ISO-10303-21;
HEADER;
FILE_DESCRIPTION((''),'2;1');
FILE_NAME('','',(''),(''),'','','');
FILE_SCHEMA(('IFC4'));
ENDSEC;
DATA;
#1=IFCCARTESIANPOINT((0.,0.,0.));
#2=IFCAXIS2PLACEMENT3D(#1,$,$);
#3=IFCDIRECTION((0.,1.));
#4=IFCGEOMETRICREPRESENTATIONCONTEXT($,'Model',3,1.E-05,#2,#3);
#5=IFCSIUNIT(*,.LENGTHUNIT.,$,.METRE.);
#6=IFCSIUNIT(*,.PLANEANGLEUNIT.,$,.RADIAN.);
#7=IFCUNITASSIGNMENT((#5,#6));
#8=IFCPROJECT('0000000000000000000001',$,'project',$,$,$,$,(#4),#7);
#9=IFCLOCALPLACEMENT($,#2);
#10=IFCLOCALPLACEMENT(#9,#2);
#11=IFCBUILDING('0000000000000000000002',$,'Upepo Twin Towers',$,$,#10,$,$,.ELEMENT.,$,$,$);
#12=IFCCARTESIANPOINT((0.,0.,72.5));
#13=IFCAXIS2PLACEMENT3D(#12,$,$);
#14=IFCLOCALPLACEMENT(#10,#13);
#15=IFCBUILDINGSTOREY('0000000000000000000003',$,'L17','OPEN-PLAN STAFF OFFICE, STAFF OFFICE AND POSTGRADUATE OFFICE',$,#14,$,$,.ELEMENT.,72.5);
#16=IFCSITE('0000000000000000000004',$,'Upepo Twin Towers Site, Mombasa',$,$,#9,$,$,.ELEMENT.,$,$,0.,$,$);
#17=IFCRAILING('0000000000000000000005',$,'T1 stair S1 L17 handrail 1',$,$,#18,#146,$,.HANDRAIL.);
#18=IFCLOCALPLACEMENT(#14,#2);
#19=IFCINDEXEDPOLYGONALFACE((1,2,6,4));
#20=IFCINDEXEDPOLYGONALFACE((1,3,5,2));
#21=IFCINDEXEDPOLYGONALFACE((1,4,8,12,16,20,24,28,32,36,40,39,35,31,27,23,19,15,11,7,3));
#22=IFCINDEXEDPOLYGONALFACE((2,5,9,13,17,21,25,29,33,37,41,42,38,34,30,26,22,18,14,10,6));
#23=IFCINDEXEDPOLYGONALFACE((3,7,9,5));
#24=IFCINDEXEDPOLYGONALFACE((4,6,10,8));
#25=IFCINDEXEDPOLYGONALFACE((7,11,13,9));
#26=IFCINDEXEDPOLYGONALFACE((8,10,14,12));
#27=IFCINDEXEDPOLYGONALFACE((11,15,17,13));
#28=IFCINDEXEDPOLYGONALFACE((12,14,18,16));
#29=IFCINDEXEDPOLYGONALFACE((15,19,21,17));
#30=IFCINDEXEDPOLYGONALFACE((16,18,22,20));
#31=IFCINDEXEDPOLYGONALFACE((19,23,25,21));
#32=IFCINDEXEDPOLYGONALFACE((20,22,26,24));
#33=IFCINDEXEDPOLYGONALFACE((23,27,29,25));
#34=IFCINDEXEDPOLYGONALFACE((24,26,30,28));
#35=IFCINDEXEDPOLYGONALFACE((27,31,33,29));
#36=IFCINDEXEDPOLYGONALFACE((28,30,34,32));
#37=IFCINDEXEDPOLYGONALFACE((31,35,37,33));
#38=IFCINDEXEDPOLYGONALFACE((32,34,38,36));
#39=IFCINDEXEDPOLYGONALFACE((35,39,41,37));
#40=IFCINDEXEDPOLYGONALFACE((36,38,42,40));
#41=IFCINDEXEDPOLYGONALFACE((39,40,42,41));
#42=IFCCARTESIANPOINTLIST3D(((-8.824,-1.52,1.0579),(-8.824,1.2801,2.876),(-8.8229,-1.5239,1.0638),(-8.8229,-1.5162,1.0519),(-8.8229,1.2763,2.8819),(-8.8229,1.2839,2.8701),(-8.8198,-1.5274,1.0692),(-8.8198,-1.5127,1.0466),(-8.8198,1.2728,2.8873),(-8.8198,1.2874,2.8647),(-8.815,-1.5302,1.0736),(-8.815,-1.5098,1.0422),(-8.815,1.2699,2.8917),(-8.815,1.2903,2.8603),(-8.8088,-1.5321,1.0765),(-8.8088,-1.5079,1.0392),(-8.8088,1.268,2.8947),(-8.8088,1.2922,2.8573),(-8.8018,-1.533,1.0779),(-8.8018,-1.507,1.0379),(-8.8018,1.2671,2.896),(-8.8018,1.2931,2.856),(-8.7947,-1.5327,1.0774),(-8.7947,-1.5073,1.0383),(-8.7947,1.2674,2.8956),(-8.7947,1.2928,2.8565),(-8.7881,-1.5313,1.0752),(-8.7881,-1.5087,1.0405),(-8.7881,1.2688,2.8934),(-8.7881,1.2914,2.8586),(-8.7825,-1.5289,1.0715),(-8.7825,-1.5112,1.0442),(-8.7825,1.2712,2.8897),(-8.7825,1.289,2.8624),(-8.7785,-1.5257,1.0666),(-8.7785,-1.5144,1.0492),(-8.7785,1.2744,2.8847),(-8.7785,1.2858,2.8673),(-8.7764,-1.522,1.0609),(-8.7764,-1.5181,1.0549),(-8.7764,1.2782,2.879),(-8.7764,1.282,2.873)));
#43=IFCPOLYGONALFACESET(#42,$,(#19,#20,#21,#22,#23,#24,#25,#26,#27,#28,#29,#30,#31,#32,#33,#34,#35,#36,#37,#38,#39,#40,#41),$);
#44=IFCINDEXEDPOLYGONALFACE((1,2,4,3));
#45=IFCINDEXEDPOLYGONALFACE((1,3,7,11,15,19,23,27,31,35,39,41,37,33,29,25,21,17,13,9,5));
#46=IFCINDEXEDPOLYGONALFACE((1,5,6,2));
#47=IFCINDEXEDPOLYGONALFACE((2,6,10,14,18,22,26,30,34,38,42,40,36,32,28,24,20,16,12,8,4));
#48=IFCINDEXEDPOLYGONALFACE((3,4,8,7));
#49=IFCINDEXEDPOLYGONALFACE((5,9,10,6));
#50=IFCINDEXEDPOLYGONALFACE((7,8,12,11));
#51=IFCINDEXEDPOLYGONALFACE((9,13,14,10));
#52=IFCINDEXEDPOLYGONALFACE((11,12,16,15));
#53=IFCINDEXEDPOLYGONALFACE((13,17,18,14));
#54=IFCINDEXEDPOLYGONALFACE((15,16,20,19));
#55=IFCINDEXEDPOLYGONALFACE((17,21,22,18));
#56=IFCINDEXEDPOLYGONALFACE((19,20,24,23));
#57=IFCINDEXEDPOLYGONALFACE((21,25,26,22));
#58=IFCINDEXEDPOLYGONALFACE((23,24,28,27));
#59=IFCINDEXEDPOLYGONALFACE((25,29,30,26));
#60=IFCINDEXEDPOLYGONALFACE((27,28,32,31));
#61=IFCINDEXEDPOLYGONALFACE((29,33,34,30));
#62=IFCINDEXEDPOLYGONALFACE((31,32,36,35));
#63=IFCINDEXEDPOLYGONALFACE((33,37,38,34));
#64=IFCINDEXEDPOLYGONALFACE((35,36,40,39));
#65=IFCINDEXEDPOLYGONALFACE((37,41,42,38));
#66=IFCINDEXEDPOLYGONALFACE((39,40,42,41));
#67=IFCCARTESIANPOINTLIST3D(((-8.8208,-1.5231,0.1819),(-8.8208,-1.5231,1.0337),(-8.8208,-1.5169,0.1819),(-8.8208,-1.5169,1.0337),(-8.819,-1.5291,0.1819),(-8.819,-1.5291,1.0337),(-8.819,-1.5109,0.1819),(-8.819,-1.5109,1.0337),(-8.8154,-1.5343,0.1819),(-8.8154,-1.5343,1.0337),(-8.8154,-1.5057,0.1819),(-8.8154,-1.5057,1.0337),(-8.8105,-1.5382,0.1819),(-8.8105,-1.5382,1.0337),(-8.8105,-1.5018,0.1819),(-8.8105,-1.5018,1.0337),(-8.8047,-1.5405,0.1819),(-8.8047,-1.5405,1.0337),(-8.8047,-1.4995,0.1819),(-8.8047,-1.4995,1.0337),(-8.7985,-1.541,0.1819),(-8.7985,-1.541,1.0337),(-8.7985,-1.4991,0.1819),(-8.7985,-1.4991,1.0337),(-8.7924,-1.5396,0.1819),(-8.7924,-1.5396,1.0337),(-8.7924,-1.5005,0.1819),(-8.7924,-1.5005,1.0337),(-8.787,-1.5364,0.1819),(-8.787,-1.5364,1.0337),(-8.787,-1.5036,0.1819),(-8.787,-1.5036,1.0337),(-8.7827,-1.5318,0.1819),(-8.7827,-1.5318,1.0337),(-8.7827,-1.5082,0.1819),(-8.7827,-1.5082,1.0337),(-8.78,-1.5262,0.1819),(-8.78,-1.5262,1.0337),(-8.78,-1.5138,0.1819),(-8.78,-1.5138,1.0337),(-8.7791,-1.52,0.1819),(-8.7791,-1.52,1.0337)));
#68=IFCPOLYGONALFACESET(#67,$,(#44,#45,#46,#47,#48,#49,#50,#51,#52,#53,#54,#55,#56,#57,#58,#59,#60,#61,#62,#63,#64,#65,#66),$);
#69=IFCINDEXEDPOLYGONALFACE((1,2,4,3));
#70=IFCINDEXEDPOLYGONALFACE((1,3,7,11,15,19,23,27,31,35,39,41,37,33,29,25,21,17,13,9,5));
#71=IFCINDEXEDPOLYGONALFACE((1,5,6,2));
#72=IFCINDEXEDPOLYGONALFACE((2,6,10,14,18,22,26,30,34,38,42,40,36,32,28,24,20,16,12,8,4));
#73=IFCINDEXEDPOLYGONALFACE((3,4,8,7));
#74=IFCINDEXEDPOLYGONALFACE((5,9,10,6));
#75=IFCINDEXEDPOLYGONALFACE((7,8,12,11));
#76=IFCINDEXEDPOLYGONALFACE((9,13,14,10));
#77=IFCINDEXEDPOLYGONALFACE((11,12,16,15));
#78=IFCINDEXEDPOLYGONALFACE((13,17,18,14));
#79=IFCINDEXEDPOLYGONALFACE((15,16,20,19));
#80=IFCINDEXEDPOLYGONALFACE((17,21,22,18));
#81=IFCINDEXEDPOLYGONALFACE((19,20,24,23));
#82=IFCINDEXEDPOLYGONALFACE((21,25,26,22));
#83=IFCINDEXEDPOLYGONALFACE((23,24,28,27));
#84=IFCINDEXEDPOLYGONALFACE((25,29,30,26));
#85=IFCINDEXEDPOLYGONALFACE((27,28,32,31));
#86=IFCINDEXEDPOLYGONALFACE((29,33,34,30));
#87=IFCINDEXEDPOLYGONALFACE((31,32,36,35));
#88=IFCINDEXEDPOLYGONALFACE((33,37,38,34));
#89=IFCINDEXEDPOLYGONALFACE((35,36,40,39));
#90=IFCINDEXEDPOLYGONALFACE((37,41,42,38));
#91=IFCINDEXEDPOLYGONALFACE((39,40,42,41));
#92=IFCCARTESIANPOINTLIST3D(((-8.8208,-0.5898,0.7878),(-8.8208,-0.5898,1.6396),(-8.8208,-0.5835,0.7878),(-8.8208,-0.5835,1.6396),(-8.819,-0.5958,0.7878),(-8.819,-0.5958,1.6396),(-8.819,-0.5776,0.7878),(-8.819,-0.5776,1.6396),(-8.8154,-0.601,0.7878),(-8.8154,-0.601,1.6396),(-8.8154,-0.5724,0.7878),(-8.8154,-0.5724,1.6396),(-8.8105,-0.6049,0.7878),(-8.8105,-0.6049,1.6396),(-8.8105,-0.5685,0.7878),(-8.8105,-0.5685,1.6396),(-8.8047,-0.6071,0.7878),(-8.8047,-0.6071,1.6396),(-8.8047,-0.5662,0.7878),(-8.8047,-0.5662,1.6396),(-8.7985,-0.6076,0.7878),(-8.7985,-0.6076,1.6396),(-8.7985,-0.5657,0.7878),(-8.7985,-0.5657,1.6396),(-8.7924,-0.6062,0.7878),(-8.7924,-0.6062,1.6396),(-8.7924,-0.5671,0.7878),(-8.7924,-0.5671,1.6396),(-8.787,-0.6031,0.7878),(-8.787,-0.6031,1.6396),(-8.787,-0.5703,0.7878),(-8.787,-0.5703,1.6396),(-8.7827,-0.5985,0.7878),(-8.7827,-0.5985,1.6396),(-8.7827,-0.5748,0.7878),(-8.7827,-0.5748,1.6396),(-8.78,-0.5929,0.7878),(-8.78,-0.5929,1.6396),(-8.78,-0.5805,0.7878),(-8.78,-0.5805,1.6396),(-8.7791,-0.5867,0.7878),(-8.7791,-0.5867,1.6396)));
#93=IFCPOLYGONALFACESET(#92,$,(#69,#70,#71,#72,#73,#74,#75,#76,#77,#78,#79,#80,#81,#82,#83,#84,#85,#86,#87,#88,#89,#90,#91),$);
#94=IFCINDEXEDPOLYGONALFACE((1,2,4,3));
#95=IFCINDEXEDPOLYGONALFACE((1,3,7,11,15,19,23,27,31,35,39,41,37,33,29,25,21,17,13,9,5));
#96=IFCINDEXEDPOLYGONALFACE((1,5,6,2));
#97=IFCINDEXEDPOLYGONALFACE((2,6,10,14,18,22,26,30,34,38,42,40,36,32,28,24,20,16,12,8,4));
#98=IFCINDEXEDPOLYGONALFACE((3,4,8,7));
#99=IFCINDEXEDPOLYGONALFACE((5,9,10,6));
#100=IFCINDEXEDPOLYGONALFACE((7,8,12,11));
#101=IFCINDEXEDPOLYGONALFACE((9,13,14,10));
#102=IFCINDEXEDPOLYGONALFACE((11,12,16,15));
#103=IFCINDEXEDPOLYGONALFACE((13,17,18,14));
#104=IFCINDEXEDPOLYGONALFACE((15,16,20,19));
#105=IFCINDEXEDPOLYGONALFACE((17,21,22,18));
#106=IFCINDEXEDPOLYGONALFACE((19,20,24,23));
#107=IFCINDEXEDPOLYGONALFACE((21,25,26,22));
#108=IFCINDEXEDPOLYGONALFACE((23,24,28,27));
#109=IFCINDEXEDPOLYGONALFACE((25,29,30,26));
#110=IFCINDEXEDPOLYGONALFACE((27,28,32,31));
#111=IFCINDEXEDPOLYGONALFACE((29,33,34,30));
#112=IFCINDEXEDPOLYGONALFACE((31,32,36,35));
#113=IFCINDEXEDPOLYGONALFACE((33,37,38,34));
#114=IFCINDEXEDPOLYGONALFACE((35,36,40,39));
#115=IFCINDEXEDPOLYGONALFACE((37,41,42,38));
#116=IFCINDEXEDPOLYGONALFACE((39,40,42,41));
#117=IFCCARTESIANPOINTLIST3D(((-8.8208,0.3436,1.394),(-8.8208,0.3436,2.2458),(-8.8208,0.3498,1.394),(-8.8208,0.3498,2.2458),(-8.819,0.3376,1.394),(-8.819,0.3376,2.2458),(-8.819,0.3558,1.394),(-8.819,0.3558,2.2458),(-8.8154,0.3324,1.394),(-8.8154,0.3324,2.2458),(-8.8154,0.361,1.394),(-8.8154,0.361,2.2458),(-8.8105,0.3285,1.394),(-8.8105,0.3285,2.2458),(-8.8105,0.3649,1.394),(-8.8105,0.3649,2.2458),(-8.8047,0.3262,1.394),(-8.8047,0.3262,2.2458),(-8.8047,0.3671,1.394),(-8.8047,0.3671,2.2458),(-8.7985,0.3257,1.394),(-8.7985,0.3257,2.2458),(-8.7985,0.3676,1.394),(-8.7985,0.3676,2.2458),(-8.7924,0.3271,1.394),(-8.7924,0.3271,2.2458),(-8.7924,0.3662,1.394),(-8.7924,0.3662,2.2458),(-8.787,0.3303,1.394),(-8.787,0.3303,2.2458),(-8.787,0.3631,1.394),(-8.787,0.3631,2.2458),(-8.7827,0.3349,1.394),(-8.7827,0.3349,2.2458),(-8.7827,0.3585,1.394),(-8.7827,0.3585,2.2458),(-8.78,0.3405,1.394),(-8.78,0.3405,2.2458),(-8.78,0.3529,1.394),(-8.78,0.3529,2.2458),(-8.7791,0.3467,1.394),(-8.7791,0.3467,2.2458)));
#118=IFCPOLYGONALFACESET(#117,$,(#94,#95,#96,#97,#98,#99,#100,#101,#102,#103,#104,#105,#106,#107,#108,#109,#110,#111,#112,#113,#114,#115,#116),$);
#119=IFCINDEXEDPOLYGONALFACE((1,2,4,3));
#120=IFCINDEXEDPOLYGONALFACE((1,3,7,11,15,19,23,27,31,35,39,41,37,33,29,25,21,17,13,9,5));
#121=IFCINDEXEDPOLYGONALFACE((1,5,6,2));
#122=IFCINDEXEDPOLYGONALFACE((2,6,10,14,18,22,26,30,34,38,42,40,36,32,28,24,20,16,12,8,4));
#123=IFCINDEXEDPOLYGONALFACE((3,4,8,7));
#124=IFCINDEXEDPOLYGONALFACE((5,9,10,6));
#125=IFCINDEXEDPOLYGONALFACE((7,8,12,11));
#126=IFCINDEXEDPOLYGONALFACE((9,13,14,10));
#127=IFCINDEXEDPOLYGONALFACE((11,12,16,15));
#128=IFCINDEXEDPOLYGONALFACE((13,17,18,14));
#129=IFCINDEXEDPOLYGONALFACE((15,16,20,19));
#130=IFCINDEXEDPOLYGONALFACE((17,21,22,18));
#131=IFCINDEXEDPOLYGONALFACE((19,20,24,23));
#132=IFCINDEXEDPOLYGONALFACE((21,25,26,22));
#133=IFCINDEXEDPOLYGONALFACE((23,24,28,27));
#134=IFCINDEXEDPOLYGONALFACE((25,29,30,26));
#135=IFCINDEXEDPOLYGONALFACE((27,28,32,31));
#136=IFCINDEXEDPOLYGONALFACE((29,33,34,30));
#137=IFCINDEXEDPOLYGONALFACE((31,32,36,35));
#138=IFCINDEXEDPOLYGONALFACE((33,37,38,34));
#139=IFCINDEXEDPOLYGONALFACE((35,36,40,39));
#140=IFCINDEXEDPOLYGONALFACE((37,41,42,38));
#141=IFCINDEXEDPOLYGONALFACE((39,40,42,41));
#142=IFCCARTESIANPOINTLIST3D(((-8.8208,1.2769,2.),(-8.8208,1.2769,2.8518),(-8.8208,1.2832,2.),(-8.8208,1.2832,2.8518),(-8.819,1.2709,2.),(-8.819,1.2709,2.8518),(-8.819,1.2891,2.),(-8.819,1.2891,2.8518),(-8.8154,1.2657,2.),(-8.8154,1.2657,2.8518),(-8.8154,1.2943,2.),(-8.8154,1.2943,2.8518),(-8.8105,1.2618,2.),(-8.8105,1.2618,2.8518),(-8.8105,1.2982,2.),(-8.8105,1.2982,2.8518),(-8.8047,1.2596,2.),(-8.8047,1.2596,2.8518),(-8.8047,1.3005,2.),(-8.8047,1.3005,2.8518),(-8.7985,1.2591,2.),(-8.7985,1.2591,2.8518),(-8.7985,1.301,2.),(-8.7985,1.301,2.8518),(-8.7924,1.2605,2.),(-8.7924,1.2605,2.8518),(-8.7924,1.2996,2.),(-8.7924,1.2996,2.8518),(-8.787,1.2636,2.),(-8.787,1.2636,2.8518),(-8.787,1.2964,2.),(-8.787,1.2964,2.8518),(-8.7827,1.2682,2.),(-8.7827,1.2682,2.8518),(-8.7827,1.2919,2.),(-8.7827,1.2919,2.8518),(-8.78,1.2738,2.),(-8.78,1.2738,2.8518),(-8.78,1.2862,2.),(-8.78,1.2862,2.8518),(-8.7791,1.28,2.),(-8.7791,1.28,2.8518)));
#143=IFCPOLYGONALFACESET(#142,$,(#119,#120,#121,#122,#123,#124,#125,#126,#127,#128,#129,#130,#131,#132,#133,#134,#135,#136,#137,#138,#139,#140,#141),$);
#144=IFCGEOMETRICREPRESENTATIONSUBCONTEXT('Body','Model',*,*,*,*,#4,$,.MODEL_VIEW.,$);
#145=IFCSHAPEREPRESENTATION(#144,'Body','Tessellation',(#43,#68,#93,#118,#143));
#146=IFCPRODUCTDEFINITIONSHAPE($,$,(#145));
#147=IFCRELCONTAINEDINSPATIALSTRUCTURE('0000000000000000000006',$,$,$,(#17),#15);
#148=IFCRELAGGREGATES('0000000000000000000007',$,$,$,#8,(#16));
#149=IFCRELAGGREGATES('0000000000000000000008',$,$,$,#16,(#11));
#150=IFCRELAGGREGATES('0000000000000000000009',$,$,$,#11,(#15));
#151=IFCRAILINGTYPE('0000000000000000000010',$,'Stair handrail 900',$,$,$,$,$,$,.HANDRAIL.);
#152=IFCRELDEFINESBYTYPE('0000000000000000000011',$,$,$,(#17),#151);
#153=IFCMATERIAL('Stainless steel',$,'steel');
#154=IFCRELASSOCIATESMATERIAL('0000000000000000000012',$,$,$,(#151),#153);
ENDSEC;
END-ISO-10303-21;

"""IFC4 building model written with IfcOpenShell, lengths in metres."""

from ifc_helpers import new_model, si_unit, direction, frame, origin, origin_2d, place, context, subcontext, project, spatial, circle, extrude, material, type_object, element, save


model = new_model("IFC4")

# Units and contexts
model_context = context("Model", 3, precision=1e-05, world=origin(), true_north=direction((0.0, 1.0)))
body_context = subcontext(model_context, "Body", "Model", "MODEL_VIEW")
ifc_project = project(units=[si_unit("LENGTHUNIT", "METRE"), si_unit("PLANEANGLEUNIT", "RADIAN")], contexts=[model_context])

# Site, building, storey
site_placement = place(None, origin())
site = spatial("IfcSite", under=ifc_project, at=site_placement, Name="Upepo Twin Towers Site, Mombasa", CompositionType="ELEMENT", RefElevation=0.0)
building_placement = place(site_placement, origin())
building = spatial("IfcBuilding", under=site, at=building_placement, Name="Upepo Twin Towers", CompositionType="ELEMENT")
storey_placement = place(building_placement, frame((0.0, 0.0, 72.5)))
storey = spatial("IfcBuildingStorey", under=building, at=storey_placement, Name="L17", Description="OPEN-PLAN STAFF OFFICE, STAFF OFFICE AND POSTGRADUATE OFFICE", CompositionType="ELEMENT", Elevation=72.5)

# Railing
ifc_material_1 = material(Name="Stainless steel", Category="steel")
railing_type = type_object("IfcRailingType", Name="Stair handrail 900", PredefinedType="HANDRAIL", material=ifc_material_1)
railing_placement = place(storey_placement, frame((-8.8, -1.52, 0.1819)))
element("IfcRailing", 1, at=railing_placement, inside=storey, type_object=railing_type, Name="T1 stair S1 L17 handrail 1", PredefinedType="HANDRAIL", context=body_context, shape_type="SweptSolid", body=[
    extrude(circle(Radius=0.0239, at=origin_2d()), frame((0.0, 0.0, 0.876), z_axis=(0.0, 0.838706, 0.544585), x_axis=(-1.0, 0.0, 0.0)), (0.0, 0.0, 1.0), 3.3386),
    extrude(circle(Radius=0.021, at=origin_2d()), origin(), (0.0, 0.0, 1.0), 0.8518),
    extrude(circle(Radius=0.021, at=origin_2d()), frame((0.0, 0.9333, 0.606)), (0.0, 0.0, 1.0), 0.8518),
    extrude(circle(Radius=0.021, at=origin_2d()), frame((0.0, 1.8667, 1.2122)), (0.0, 0.0, 1.0), 0.8518),
    extrude(circle(Radius=0.021, at=origin_2d()), frame((0.0, 2.8, 1.8181)), (0.0, 0.0, 1.0), 0.8518),
])

save(model, "model.ifc")
